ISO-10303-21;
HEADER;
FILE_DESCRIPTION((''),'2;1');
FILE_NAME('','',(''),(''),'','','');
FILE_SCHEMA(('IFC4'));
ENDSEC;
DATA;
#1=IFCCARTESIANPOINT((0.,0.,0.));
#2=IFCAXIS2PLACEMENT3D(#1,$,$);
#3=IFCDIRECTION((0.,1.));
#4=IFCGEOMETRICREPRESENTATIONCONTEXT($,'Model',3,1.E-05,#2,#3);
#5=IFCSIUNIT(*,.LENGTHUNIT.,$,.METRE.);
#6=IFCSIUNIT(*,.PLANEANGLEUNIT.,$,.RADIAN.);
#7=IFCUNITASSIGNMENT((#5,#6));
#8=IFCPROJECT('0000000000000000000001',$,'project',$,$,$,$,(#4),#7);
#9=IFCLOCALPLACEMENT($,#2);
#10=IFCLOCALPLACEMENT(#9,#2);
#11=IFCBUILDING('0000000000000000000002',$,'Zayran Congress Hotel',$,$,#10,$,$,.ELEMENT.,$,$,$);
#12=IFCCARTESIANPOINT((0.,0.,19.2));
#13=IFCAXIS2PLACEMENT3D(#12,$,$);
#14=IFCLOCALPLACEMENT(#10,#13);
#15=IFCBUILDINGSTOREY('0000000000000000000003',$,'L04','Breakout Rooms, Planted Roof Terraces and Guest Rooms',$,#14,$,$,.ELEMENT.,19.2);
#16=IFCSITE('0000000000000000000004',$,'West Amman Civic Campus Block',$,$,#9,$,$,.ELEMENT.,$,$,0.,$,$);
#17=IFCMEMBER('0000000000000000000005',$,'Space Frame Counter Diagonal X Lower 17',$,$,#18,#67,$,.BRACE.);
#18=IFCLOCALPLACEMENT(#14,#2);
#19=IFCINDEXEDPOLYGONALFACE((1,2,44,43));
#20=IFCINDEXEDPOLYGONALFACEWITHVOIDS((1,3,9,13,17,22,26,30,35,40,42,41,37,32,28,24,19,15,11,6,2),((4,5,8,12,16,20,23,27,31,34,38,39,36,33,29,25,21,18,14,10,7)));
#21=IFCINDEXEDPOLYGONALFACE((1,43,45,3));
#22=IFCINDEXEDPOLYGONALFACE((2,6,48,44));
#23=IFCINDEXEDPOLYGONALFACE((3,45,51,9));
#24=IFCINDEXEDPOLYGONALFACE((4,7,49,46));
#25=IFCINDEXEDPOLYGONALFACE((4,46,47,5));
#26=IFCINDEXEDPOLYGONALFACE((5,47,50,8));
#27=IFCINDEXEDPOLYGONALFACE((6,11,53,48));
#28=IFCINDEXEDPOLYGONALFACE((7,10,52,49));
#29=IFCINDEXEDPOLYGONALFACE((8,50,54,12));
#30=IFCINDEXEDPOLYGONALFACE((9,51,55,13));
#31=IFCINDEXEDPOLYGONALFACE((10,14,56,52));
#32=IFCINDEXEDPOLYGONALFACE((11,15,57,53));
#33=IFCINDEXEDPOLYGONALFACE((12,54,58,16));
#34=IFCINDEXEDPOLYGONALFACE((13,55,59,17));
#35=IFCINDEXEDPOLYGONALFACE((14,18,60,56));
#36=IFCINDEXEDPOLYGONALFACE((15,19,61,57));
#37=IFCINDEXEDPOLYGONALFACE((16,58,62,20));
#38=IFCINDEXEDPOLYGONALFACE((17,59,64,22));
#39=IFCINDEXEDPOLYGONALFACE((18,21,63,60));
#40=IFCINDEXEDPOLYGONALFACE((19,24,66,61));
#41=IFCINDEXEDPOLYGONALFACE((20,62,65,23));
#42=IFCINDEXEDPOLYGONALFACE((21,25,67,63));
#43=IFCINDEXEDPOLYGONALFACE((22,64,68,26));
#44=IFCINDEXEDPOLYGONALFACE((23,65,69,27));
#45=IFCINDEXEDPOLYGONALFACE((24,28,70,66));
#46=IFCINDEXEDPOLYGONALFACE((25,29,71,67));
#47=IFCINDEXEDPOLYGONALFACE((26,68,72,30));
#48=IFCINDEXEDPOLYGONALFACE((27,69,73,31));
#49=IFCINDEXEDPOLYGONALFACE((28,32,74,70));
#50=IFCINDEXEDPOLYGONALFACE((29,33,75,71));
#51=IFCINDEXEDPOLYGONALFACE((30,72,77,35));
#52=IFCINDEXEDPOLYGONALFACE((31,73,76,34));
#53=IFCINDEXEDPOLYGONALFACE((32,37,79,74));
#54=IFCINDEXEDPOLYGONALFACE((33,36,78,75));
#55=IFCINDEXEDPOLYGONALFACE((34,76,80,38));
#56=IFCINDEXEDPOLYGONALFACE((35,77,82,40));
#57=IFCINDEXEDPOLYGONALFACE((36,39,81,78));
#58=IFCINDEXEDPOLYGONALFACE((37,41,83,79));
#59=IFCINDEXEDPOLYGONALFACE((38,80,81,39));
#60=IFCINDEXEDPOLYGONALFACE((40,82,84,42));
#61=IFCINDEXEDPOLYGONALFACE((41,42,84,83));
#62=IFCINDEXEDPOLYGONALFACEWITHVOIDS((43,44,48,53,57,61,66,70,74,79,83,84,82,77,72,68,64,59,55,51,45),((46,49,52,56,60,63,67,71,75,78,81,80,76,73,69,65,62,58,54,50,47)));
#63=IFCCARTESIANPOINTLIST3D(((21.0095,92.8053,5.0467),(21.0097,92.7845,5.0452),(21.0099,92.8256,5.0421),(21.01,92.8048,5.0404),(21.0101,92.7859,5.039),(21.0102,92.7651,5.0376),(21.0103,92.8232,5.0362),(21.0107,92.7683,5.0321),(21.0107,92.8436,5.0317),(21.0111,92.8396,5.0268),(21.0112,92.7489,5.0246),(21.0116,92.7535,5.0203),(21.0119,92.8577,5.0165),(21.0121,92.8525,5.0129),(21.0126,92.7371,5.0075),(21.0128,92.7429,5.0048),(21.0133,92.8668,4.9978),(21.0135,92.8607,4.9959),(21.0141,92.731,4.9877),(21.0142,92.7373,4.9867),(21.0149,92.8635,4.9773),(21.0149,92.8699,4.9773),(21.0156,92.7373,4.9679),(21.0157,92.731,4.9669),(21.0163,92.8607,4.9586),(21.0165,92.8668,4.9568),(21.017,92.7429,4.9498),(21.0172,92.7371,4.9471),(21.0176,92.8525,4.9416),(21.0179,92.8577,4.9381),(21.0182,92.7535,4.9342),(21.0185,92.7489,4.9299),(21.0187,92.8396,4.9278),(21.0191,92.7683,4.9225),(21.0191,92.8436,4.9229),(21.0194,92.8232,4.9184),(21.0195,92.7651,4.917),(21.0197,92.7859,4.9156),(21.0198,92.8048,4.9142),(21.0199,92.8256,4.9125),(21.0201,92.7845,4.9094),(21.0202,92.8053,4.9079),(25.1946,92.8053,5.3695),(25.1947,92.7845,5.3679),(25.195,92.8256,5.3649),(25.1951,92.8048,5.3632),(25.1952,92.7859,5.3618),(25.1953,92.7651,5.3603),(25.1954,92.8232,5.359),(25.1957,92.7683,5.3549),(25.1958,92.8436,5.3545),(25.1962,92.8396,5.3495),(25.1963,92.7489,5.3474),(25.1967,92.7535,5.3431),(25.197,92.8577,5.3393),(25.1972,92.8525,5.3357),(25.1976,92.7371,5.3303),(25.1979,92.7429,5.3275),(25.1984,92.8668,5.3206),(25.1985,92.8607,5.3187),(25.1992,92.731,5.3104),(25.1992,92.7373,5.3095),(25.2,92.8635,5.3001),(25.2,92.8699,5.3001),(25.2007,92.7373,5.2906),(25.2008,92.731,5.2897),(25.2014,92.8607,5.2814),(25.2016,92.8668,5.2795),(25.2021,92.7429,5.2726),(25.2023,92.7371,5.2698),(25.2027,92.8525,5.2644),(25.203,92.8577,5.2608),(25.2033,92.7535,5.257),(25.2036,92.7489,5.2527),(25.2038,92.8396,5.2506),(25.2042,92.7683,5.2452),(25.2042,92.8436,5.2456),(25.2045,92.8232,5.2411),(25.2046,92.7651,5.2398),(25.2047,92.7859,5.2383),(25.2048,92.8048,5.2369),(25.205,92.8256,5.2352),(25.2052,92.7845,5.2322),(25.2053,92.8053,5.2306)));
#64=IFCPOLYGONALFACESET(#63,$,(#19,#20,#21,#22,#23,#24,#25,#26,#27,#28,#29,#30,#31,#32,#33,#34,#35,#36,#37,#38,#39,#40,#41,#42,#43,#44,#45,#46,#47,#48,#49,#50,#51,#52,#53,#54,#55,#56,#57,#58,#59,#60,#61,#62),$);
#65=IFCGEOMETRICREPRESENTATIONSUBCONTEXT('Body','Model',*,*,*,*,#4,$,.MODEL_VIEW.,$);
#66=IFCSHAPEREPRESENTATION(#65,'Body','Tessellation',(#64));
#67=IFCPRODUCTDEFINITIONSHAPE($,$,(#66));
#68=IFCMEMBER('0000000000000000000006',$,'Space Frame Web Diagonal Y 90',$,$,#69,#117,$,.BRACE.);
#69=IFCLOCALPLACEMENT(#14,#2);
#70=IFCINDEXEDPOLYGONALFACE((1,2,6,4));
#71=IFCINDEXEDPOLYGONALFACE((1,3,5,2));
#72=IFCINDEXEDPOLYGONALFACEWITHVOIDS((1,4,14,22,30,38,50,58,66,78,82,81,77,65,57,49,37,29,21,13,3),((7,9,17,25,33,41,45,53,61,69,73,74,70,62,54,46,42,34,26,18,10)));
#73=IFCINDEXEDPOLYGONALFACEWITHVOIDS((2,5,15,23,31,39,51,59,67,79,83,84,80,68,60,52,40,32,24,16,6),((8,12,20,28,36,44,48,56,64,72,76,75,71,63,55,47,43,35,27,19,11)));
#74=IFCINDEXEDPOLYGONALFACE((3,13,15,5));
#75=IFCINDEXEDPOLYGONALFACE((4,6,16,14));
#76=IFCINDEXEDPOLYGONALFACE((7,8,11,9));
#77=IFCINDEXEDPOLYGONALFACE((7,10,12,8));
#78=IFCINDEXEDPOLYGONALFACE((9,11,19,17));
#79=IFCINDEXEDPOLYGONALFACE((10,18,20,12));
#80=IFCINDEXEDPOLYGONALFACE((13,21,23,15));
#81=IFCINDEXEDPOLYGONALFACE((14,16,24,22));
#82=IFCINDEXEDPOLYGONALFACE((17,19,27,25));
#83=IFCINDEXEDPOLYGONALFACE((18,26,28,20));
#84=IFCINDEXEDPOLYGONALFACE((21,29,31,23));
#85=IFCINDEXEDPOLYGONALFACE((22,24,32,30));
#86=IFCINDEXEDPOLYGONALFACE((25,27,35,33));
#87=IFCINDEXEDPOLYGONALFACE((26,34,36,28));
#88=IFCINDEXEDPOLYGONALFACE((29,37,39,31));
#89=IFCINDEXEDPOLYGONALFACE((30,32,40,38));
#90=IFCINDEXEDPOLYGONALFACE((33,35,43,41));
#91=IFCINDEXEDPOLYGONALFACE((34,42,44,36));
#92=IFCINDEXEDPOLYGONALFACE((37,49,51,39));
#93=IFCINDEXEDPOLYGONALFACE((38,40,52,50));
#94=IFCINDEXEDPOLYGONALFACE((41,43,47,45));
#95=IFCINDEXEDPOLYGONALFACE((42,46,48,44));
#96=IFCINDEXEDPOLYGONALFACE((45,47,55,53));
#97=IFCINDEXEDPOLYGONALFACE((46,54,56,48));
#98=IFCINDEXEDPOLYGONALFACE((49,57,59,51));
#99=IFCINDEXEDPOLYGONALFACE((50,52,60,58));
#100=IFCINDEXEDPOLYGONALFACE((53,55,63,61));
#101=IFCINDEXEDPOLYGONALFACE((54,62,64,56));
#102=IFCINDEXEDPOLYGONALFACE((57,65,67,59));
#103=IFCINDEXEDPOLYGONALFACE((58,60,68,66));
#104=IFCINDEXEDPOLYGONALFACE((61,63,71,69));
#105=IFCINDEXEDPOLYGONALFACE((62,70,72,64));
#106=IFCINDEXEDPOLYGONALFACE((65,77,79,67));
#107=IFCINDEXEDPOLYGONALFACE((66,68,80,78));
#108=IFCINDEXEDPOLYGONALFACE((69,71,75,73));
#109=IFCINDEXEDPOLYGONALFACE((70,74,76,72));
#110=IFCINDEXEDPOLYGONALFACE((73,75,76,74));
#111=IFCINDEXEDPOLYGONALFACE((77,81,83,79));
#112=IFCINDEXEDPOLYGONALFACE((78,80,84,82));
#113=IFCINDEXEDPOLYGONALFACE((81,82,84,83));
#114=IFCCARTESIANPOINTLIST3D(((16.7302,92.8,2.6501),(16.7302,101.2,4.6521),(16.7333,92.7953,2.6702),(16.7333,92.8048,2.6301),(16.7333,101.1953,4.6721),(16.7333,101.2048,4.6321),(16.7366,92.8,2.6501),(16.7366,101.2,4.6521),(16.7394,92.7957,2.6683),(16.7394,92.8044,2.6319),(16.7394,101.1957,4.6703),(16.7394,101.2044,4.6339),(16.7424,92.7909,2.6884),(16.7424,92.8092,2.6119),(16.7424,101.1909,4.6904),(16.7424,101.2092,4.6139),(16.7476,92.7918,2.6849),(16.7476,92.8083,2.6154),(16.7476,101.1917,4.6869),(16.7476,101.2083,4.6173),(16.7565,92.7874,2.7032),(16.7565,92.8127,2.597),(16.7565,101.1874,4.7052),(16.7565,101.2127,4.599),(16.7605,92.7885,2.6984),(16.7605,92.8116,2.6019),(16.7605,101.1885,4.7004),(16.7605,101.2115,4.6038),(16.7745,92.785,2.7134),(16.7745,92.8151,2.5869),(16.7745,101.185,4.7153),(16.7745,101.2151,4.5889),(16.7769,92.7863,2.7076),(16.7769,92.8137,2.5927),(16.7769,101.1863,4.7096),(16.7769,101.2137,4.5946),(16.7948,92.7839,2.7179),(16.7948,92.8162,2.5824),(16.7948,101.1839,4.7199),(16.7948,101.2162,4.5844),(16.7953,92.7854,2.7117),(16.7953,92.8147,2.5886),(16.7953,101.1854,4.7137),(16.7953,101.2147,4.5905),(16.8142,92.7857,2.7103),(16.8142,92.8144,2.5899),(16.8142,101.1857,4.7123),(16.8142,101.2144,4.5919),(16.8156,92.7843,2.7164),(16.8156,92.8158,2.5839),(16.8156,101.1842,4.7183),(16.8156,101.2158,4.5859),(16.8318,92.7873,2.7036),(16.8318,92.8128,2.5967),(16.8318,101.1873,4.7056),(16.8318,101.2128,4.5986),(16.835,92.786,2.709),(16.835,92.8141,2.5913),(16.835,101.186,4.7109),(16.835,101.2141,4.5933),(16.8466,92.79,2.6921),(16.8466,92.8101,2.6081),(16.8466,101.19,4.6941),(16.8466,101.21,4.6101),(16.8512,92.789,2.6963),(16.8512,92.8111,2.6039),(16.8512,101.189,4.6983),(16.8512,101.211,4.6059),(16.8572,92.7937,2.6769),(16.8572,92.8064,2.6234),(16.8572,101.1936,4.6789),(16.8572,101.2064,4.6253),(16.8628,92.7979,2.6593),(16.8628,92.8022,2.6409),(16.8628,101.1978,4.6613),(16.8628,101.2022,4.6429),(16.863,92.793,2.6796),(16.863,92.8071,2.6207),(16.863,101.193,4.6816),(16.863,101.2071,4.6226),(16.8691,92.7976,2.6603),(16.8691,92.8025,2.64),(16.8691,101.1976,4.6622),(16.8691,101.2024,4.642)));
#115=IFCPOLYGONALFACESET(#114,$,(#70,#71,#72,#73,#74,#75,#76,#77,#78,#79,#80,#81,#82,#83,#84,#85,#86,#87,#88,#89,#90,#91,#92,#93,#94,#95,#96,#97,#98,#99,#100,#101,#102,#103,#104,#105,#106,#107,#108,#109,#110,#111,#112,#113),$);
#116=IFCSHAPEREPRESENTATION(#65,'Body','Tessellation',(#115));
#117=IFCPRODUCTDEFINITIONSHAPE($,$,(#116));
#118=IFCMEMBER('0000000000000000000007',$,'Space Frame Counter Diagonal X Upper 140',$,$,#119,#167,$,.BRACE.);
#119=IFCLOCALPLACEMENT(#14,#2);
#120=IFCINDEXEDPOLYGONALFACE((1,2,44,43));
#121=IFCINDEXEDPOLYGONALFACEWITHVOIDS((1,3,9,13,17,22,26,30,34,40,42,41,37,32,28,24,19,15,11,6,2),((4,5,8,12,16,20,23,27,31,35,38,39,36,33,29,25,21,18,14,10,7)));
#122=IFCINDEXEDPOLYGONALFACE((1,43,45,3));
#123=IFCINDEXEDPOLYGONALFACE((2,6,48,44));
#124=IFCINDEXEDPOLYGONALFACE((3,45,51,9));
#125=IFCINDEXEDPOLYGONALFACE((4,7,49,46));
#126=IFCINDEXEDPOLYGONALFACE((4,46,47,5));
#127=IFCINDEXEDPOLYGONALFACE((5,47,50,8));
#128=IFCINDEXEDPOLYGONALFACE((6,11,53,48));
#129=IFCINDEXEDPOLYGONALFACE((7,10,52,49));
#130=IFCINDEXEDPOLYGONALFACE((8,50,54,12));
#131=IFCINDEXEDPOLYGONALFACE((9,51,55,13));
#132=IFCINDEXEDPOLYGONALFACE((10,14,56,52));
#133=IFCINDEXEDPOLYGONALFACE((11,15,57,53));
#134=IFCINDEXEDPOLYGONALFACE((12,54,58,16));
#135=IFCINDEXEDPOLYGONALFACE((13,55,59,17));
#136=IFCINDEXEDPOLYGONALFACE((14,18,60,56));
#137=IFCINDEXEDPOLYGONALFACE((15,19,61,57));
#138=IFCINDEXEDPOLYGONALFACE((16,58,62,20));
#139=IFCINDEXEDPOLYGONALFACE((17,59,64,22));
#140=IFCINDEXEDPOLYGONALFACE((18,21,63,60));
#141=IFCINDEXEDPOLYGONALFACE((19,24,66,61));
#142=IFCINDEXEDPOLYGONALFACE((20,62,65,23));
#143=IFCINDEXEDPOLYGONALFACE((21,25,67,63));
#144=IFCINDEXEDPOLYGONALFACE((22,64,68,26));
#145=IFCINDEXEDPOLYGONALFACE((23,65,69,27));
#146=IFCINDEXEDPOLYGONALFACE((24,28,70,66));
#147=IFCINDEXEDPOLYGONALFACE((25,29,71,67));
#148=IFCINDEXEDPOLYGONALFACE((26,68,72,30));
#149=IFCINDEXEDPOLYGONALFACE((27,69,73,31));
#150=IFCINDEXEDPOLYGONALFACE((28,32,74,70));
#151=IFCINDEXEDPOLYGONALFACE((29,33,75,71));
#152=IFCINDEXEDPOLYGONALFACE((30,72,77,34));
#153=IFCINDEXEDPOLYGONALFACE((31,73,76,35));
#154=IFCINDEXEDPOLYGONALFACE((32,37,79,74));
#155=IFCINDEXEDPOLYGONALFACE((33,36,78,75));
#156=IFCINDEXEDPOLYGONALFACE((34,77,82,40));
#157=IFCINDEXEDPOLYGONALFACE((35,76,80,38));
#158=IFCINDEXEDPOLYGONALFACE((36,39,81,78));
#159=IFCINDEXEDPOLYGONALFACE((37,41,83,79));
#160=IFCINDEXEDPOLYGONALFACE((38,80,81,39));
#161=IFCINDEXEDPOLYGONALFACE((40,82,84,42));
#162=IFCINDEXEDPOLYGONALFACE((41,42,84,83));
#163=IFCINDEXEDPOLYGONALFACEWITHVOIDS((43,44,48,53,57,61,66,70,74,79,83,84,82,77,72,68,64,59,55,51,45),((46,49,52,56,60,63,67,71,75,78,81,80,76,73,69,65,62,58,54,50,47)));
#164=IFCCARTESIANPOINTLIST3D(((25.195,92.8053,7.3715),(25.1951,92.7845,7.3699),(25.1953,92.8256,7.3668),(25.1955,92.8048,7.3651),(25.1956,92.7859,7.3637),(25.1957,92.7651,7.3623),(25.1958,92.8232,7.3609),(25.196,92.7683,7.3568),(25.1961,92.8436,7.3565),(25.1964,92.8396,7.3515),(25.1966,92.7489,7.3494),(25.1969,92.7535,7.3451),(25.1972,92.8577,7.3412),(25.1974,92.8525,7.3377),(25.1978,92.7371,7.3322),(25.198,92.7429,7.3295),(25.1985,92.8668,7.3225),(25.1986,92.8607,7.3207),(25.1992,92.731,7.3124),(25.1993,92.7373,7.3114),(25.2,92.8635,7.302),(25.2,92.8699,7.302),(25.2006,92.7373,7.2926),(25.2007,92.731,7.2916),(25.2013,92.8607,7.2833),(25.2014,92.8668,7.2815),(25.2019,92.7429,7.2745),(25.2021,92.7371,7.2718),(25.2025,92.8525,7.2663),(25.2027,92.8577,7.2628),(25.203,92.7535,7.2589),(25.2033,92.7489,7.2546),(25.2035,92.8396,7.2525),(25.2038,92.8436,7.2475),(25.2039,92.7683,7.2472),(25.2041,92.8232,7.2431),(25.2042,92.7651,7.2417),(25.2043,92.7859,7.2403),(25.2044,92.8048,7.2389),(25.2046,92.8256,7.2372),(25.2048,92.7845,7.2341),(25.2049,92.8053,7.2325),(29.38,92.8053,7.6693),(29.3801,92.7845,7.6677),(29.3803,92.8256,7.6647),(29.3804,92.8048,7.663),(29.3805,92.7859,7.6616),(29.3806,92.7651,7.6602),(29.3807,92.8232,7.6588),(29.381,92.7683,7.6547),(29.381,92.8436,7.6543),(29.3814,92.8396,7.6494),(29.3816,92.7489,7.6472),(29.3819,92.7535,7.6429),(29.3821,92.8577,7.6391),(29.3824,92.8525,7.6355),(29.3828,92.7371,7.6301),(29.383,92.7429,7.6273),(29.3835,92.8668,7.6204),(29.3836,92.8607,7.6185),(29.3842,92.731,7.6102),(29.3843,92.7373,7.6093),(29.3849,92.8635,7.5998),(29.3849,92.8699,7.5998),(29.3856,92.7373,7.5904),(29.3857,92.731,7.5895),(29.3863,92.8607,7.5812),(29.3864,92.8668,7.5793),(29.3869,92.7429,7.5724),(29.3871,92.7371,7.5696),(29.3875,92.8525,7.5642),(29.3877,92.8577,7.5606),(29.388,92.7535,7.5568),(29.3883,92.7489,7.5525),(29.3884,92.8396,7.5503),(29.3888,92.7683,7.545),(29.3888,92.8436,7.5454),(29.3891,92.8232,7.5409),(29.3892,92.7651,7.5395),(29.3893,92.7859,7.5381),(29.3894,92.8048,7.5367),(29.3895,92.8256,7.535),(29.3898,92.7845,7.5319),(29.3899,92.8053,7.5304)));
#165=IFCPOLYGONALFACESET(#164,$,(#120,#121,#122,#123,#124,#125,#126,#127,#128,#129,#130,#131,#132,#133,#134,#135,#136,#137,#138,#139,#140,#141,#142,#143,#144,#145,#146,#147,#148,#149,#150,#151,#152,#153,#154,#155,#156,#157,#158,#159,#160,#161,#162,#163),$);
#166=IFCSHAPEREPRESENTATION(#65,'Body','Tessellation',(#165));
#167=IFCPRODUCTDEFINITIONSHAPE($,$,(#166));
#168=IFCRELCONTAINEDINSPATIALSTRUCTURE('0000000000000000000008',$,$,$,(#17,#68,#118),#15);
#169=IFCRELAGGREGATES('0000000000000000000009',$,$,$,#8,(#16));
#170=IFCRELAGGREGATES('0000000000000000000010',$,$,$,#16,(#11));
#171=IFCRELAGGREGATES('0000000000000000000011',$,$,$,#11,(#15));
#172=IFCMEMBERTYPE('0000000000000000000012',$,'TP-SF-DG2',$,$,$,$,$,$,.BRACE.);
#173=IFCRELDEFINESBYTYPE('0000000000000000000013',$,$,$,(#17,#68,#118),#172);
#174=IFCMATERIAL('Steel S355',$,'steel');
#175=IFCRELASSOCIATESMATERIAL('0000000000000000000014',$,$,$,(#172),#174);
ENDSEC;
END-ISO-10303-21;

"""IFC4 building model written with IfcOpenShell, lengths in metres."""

from ifc_helpers import new_model, si_unit, direction, frame, origin, origin_2d, place, context, subcontext, project, spatial, hollow_circle, extrude, material, material_profile, profile_set, type_object, element, save


model = new_model("IFC4")

# Units and contexts
model_context = context("Model", 3, precision=1e-05, world=origin(), true_north=direction((0.0, 1.0)))
body_context = subcontext(model_context, "Body", "Model", "MODEL_VIEW")
ifc_project = project(units=[si_unit("LENGTHUNIT", "METRE"), si_unit("PLANEANGLEUNIT", "RADIAN")], contexts=[model_context])

# Site, building, storey
site_placement = place(None, origin())
site = spatial("IfcSite", under=ifc_project, at=site_placement, Name="West Amman Civic Campus Block", CompositionType="ELEMENT", RefElevation=0.0)
building_placement = place(site_placement, origin())
building = spatial("IfcBuilding", under=site, at=building_placement, Name="Zayran Congress Hotel", CompositionType="ELEMENT")
storey_placement = place(building_placement, frame((0.0, 0.0, 19.2)))
storey = spatial("IfcBuildingStorey", under=building, at=storey_placement, Name="L04", Description="Breakout Rooms, Planted Roof Terraces and Guest Rooms", CompositionType="ELEMENT", Elevation=19.2)

# Members
ifc_material_1 = material(Name="Steel S355", Category="steel")
ifc_material_profile_1 = material_profile(ifc_material_1, hollow_circle(Radius=0.0698, WallThickness=0.0063, at=origin_2d()), Name="CHS 139.7x6.3")
ifc_profile_set_1 = profile_set([ifc_material_profile_1], Name="Steel S355")
member_type_1 = type_object("IfcMemberType", Name="TP-SF-DG2", PredefinedType="BRACE", material=ifc_profile_set_1)
for number, where, z_axis, x_axis, name in (
    (1, (21.0149, 92.8, 4.9773), (0.997039, 0.0, 0.076892), (0.0, 1.0, 0.0), "Space Frame Counter Diagonal X Lower 17"),
):
    element("IfcMember", number, at=place(storey_placement, frame(where, z_axis=z_axis, x_axis=x_axis)), inside=storey, type_object=member_type_1, Name=name, PredefinedType="BRACE", context=body_context, shape_type="SweptSolid", body=[
        extrude(hollow_circle(Radius=0.0698, WallThickness=0.0063, at=origin_2d()), origin(), (0.0, 0.0, 1.0), 4.1975),
    ])
member_1_placement = place(storey_placement, frame((16.8, 92.8, 2.6501), z_axis=(0.0, 0.972755, 0.231837), x_axis=(-1.0, 0.0, 0.0)))
element("IfcMember", 2, at=member_1_placement, inside=storey, type_object=member_type_1, Name="Space Frame Web Diagonal Y 90", PredefinedType="BRACE", context=body_context, shape_type="SweptSolid", body=[
    extrude(hollow_circle(Radius=0.0698, WallThickness=0.0063, at=origin_2d()), origin(), (0.0, 0.0, 1.0), 8.6353),
])
member_2_placement = place(storey_placement, frame((25.2, 92.8, 7.302), z_axis=(0.997477, 0.0, 0.070991), x_axis=(0.0, 1.0, 0.0)))
element("IfcMember", 3, at=member_2_placement, inside=storey, type_object=member_type_1, Name="Space Frame Counter Diagonal X Upper 140", PredefinedType="BRACE", context=body_context, shape_type="SweptSolid", body=[
    extrude(hollow_circle(Radius=0.0698, WallThickness=0.0063, at=origin_2d()), origin(), (0.0, 0.0, 1.0), 4.1956),
])

save(model, "model.ifc")
